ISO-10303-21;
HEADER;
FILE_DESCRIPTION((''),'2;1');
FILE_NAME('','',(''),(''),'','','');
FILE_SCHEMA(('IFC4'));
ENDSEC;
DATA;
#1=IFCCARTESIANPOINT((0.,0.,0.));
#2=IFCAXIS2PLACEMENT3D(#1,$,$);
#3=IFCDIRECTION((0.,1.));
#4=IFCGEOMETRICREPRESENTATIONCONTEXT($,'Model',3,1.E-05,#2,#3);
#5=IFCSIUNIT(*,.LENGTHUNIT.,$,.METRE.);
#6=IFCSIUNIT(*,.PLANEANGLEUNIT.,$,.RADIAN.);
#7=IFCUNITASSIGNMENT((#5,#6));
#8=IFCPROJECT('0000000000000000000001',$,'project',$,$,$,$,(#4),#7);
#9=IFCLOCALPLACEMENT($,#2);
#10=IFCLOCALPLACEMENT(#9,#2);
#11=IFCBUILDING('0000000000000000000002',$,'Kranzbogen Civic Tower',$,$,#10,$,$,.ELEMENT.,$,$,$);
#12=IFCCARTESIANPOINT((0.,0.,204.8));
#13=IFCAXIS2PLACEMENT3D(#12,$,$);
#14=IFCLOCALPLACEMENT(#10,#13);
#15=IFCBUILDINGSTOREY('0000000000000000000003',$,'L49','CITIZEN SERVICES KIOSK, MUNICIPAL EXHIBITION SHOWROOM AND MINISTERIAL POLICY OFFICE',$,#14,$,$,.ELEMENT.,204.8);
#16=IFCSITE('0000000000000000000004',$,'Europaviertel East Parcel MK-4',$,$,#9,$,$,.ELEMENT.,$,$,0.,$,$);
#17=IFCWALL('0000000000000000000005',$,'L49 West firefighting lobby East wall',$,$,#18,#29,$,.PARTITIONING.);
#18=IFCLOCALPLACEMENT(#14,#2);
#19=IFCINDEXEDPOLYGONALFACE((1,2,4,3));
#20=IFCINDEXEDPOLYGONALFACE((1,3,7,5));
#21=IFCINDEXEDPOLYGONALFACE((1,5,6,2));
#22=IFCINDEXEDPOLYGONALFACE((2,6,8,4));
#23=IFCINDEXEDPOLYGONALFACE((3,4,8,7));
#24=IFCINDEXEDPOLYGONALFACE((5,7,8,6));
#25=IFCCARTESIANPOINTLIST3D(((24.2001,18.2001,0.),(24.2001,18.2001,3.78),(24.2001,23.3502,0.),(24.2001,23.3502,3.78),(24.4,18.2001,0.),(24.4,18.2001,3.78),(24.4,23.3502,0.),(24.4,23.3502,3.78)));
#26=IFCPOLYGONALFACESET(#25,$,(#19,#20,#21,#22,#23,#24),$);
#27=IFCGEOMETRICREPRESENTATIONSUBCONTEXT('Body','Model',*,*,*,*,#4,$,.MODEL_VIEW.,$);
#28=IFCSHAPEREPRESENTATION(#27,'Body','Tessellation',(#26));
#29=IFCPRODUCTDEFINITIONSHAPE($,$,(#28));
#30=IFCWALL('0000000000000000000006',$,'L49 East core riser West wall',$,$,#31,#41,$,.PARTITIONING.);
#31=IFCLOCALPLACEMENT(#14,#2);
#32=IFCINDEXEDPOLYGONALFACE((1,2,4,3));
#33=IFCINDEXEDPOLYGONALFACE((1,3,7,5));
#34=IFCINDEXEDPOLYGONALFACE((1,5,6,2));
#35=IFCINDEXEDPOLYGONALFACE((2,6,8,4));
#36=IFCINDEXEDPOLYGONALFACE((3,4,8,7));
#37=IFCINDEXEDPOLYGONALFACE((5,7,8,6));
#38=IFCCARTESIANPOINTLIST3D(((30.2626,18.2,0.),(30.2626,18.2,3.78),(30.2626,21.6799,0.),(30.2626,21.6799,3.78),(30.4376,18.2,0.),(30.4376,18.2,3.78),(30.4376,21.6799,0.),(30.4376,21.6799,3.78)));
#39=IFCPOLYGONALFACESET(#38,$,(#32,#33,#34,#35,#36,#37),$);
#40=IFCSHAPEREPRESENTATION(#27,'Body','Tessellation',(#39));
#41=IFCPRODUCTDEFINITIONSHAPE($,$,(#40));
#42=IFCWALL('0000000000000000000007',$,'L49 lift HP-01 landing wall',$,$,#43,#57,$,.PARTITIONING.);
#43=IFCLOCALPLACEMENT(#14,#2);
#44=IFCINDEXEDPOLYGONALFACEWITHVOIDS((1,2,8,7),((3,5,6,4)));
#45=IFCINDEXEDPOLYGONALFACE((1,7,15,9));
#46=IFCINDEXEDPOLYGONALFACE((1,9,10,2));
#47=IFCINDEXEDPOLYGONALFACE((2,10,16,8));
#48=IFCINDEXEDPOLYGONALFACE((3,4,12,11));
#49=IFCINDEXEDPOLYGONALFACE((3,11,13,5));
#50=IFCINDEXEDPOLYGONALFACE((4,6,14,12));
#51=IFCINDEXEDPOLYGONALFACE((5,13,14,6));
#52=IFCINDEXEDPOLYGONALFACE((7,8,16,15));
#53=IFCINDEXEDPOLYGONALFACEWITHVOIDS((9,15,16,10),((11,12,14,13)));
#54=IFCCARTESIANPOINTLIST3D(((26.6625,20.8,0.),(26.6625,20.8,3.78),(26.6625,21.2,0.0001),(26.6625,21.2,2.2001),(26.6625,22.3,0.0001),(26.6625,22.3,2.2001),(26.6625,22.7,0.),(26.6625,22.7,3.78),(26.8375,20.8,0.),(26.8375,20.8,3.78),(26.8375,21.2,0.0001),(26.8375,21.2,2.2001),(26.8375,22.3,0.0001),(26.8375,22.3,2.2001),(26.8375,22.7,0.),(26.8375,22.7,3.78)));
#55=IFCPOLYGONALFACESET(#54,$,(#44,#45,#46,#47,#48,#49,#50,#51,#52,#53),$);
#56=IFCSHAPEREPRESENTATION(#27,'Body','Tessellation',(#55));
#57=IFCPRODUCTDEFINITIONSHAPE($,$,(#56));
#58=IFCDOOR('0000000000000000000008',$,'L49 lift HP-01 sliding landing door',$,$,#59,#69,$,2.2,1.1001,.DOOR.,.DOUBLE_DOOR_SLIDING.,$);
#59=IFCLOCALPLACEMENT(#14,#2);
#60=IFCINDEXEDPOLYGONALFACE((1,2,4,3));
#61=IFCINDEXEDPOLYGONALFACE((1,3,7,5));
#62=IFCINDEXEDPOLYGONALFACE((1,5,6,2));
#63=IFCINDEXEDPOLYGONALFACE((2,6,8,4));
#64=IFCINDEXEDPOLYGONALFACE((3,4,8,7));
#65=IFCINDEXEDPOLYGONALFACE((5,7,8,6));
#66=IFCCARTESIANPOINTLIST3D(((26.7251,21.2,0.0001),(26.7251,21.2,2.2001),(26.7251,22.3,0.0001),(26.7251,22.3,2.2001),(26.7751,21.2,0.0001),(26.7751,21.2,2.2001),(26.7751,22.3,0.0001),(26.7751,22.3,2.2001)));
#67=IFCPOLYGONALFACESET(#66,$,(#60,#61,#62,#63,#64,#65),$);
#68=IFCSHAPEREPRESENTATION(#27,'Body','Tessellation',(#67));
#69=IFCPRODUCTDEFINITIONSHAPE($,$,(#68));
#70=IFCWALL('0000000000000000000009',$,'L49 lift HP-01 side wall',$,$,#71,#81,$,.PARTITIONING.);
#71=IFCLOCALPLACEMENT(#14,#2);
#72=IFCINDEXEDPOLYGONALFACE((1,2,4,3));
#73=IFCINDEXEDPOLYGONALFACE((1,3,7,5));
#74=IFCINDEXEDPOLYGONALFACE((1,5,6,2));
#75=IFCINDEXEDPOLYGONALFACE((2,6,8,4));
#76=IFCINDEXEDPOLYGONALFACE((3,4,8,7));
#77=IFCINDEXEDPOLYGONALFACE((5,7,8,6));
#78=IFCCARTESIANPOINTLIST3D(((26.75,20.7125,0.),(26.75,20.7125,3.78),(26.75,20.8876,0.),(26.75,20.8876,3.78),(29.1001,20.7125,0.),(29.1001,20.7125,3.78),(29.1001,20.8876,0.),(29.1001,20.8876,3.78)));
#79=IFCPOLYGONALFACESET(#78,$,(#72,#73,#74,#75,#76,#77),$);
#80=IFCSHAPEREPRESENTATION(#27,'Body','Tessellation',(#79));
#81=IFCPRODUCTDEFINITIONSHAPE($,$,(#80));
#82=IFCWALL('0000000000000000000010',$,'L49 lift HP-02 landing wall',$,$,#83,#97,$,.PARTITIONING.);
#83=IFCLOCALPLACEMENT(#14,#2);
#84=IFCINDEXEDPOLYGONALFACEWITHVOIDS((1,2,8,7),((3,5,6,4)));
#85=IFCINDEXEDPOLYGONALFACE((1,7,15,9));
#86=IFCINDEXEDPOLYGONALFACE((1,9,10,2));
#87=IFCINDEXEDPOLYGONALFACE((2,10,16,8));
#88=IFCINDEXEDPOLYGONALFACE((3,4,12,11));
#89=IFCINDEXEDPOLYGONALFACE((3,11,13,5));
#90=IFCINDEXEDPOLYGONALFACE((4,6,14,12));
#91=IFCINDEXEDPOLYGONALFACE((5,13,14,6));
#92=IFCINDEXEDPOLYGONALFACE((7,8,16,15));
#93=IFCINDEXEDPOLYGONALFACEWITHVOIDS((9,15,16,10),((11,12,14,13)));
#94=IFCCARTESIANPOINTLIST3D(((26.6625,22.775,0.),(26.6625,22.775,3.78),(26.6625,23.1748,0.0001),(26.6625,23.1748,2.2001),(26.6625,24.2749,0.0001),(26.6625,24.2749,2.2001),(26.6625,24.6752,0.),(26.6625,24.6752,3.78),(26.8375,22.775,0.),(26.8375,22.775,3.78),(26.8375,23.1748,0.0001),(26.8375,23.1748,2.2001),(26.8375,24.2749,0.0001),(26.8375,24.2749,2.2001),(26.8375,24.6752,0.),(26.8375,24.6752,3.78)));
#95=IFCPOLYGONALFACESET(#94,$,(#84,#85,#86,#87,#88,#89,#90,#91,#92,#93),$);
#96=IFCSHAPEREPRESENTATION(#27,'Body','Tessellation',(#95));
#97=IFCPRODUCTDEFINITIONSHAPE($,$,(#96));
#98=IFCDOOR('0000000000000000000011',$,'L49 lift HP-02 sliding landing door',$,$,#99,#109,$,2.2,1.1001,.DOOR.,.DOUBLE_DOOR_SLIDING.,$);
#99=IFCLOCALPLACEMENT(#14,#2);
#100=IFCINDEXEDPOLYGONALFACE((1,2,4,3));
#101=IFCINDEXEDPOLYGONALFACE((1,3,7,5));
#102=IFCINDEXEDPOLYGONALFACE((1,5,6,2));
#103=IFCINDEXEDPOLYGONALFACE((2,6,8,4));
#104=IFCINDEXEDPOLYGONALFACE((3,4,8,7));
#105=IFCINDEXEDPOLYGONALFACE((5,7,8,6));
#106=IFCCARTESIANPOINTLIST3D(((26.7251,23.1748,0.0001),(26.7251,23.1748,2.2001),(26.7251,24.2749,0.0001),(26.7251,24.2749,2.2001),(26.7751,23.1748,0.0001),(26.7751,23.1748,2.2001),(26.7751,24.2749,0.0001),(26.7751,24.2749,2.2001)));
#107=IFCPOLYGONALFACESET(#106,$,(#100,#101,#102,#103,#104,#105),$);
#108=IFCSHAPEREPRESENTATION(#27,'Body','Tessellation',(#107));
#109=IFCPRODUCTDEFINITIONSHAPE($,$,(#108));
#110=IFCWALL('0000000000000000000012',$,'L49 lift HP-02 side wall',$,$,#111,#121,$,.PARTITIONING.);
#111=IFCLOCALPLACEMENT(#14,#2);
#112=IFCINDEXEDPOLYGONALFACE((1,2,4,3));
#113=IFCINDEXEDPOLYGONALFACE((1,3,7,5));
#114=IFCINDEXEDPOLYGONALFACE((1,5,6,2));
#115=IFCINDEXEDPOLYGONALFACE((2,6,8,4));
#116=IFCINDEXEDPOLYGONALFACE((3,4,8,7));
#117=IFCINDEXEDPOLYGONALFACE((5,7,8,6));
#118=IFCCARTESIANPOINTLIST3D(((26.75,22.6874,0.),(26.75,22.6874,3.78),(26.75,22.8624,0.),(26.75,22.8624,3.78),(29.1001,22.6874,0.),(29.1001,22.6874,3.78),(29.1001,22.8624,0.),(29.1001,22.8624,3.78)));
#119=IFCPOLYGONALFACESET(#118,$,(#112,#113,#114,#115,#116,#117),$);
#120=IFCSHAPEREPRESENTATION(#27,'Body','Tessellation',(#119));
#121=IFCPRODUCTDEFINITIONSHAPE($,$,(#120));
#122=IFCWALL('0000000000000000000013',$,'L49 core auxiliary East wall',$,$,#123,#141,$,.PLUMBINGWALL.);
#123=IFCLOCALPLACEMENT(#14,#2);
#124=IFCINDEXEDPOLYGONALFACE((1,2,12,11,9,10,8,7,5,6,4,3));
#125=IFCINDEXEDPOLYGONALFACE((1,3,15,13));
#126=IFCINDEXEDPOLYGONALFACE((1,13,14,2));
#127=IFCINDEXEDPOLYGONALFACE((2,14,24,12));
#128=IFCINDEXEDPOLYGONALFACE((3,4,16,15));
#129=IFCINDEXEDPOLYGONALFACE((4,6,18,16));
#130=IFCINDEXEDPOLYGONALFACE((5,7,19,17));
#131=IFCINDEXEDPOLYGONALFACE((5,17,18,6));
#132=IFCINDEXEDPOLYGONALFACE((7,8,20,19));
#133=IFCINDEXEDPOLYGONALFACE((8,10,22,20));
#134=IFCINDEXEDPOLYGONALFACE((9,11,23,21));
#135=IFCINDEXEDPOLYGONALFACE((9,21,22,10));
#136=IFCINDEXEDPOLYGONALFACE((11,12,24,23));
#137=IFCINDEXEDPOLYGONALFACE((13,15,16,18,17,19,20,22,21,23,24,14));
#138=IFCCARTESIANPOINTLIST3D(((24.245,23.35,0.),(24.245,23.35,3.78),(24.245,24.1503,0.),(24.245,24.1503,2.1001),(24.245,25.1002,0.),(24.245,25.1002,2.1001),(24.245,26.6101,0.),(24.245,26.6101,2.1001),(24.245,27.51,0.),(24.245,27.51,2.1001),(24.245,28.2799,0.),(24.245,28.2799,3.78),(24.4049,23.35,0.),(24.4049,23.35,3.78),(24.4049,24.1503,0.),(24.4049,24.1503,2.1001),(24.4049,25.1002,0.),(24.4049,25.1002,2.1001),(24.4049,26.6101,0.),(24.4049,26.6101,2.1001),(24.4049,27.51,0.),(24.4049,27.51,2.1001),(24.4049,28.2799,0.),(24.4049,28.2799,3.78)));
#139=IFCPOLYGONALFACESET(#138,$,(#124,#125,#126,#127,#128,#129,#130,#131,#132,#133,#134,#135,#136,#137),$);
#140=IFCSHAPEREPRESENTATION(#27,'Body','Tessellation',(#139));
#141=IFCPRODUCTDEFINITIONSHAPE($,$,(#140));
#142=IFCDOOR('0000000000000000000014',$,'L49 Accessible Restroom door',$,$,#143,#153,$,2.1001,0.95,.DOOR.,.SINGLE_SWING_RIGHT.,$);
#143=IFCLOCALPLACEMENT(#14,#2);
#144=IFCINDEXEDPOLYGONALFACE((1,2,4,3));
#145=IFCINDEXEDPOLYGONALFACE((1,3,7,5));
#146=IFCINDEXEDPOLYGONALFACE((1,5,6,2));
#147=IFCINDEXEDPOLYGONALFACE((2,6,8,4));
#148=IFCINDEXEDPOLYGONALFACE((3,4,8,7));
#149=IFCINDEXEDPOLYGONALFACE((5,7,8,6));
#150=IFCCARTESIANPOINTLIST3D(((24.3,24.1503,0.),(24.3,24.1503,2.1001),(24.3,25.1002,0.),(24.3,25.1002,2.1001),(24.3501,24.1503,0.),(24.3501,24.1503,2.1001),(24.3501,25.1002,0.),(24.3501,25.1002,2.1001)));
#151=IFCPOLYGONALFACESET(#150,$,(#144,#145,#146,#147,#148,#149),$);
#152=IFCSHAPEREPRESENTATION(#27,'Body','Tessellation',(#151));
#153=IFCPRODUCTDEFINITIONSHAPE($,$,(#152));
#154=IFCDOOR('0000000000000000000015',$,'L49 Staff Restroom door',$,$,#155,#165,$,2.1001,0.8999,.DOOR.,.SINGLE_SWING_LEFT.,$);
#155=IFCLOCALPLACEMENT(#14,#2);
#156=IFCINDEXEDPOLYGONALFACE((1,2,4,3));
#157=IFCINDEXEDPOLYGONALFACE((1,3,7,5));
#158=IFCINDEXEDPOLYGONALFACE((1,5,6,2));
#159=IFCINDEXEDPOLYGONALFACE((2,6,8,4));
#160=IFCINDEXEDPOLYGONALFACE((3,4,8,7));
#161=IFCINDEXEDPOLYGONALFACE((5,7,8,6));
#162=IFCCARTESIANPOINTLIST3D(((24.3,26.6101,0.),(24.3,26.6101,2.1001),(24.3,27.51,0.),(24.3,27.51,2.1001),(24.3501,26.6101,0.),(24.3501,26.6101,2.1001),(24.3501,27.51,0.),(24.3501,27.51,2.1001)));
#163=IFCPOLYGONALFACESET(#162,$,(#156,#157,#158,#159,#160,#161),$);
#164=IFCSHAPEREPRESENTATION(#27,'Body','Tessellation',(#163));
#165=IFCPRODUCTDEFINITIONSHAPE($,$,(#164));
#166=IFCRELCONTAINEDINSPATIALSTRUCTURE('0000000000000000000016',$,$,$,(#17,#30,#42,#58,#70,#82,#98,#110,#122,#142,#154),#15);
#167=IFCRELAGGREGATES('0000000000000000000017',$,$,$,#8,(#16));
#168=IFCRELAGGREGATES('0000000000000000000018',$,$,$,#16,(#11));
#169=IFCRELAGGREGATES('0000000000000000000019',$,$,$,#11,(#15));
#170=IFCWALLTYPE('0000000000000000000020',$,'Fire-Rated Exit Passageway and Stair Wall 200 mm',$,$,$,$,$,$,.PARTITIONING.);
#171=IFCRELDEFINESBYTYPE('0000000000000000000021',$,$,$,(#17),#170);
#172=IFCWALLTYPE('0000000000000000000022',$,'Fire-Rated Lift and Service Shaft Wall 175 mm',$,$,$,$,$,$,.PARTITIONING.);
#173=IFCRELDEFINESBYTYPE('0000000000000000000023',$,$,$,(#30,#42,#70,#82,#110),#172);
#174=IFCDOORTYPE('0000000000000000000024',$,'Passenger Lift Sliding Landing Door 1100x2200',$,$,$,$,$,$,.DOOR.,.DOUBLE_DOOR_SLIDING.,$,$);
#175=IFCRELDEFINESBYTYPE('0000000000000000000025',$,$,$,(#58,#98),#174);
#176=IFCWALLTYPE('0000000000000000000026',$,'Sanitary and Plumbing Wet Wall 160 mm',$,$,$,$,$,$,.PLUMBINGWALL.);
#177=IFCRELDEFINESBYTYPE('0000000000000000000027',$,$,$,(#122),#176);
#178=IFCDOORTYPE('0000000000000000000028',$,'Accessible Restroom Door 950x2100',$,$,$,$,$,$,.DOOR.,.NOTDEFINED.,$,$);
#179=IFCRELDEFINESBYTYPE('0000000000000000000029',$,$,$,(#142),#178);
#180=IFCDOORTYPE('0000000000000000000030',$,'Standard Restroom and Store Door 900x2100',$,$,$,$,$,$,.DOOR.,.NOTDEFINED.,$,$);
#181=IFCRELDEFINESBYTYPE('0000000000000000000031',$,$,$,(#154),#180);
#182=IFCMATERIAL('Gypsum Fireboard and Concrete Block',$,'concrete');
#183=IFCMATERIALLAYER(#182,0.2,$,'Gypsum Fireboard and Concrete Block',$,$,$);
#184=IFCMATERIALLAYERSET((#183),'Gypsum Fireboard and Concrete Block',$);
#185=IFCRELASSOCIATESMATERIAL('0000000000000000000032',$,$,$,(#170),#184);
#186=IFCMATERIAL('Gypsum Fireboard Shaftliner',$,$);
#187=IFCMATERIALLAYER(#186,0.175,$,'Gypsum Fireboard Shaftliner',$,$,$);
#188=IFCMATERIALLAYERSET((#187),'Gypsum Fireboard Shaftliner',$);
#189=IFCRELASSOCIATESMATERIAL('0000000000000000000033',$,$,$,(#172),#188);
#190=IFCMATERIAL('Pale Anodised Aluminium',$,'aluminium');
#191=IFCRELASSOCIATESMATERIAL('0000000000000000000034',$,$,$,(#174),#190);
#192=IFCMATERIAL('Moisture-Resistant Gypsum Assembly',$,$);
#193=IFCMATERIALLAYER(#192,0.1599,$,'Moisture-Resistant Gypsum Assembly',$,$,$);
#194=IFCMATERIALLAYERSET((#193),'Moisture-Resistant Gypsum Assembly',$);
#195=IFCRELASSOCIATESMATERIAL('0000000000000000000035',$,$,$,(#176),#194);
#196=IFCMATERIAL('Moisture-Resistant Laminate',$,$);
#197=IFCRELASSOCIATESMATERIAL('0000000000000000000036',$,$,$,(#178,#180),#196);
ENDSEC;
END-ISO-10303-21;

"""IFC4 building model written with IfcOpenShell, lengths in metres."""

from ifc_helpers import new_model, si_unit, direction, frame, frame_2d, origin, place, context, subcontext, project, spatial, rectangle, extrude, material, layer, layer_set, type_object, element, fill, save


model = new_model("IFC4")

# Units and contexts
model_context = context("Model", 3, precision=1e-05, world=origin(), true_north=direction((0.0, 1.0)))
body_context = subcontext(model_context, "Body", "Model", "MODEL_VIEW")
ifc_project = project(units=[si_unit("LENGTHUNIT", "METRE"), si_unit("PLANEANGLEUNIT", "RADIAN")], contexts=[model_context])

# Site, building, storey
site_placement = place(None, origin())
site = spatial("IfcSite", under=ifc_project, at=site_placement, Name="Europaviertel East Parcel MK-4", CompositionType="ELEMENT", RefElevation=0.0)
building_placement = place(site_placement, origin())
building = spatial("IfcBuilding", under=site, at=building_placement, Name="Kranzbogen Civic Tower", CompositionType="ELEMENT")
storey_placement = place(building_placement, frame((0.0, 0.0, 204.8)))
storey = spatial("IfcBuildingStorey", under=building, at=storey_placement, Name="L49", Description="CITIZEN SERVICES KIOSK, MUNICIPAL EXHIBITION SHOWROOM AND MINISTERIAL POLICY OFFICE", CompositionType="ELEMENT", Elevation=204.8)

# Walls
ifc_material_1 = material(Name="Gypsum Fireboard and Concrete Block", Category="concrete")
ifc_layer_1 = layer(ifc_material_1, 0.2, Name="Gypsum Fireboard and Concrete Block")
ifc_layer_set_1 = layer_set([ifc_layer_1], Name="Gypsum Fireboard and Concrete Block")
wall_type_1 = type_object("IfcWallType", Name="Fire-Rated Exit Passageway and Stair Wall 200 mm", PredefinedType="PARTITIONING", material=ifc_layer_set_1)
wall_1_placement = place(storey_placement, frame((24.3, 18.2, 0.0), z_axis=(0.0, 0.0, 1.0), x_axis=(0.0, 1.0, 0.0)))
element("IfcWall", 1, at=wall_1_placement, inside=storey, type_object=wall_type_1, Name="L49 West firefighting lobby East wall", PredefinedType="PARTITIONING", context=body_context, shape_type="SweptSolid", body=[
    extrude(rectangle(XDim=5.1501, YDim=0.2, at=frame_2d((2.5752, 0.0))), origin(), (0.0, 0.0, 1.0), 3.78),
])
ifc_material_2 = material(Name="Gypsum Fireboard Shaftliner")
ifc_layer_2 = layer(ifc_material_2, 0.175, Name="Gypsum Fireboard Shaftliner")
ifc_layer_set_2 = layer_set([ifc_layer_2], Name="Gypsum Fireboard Shaftliner")
wall_type_2 = type_object("IfcWallType", Name="Fire-Rated Lift and Service Shaft Wall 175 mm", PredefinedType="PARTITIONING", material=ifc_layer_set_2)
wall_2_placement = place(storey_placement, frame((30.3501, 18.2, 0.0), z_axis=(0.0, 0.0, 1.0), x_axis=(0.0, 1.0, 0.0)))
element("IfcWall", 2, at=wall_2_placement, inside=storey, type_object=wall_type_2, Name="L49 East core riser West wall", PredefinedType="PARTITIONING", context=body_context, shape_type="SweptSolid", body=[
    extrude(rectangle(XDim=3.48, YDim=0.175, at=frame_2d((1.74, 0.0))), origin(), (0.0, 0.0, 1.0), 3.78),
])

# Wall, opening, door
wall_3_placement = place(storey_placement, frame((26.75, 20.8, 0.0), z_axis=(0.0, 0.0, 1.0), x_axis=(0.0, 1.0, 0.0)))
wall_3 = element("IfcWall", 3, at=wall_3_placement, inside=storey, type_object=wall_type_2, Name="L49 lift HP-01 landing wall", PredefinedType="PARTITIONING", context=body_context, shape_type="SweptSolid", body=[
    extrude(rectangle(XDim=1.8999, YDim=0.175, at=frame_2d((0.95, 0.0))), origin(), (0.0, 0.0, 1.0), 3.78),
])
opening_1_placement = place(wall_3_placement, frame((0.3999, 0.0, 0.0)))
opening_1 = element("IfcOpeningElement", 4, at=opening_1_placement, cuts=wall_3, PredefinedType="OPENING", context=body_context, shape_type="SweptSolid", body=[
    extrude(rectangle(XDim=1.1001, YDim=2.2, at=frame_2d((0.55, 1.1001))), frame((0.0, 0.0977, 0.0), z_axis=(0.0, -1.0, 0.0), x_axis=(1.0, 0.0, 0.0)), (0.0, 0.0, 1.0), 0.1951),
])
ifc_material_3 = material(Name="Pale Anodised Aluminium", Category="aluminium")
door_type_1 = type_object("IfcDoorType", Name="Passenger Lift Sliding Landing Door 1100x2200", OperationType="DOUBLE_DOOR_SLIDING", PredefinedType="DOOR", material=ifc_material_3)
door_1_placement = place(opening_1_placement, origin())
door_1 = element("IfcDoor", 5, at=door_1_placement, inside=storey, type_object=door_type_1, Name="L49 lift HP-01 sliding landing door", OperationType="DOUBLE_DOOR_SLIDING", OverallHeight=2.2, OverallWidth=1.1001, PredefinedType="DOOR", context=body_context, shape_type="SweptSolid", body=[
    extrude(rectangle(XDim=1.1001, YDim=2.2, at=frame_2d((0.55, 1.1001))), frame((0.0, 0.0249, 0.0), z_axis=(0.0, -1.0, 0.0), x_axis=(1.0, 0.0, 0.0)), (0.0, 0.0, 1.0), 0.05),
])
fill(opening_1, door_1)

# Wall
wall_4_placement = place(storey_placement, frame((26.75, 20.8, 0.0), z_axis=(0.0, 0.0, 1.0), x_axis=(1.0, 0.0, 0.0)))
element("IfcWall", 6, at=wall_4_placement, inside=storey, type_object=wall_type_2, Name="L49 lift HP-01 side wall", PredefinedType="PARTITIONING", context=body_context, shape_type="SweptSolid", body=[
    extrude(rectangle(XDim=2.3501, YDim=0.175, at=frame_2d((1.175, 0.0))), origin(), (0.0, 0.0, 1.0), 3.78),
])

# Wall, opening, door
wall_5_placement = place(storey_placement, frame((26.75, 22.7749, 0.0), z_axis=(0.0, 0.0, 1.0), x_axis=(0.0, 1.0, 0.0)))
wall_5 = element("IfcWall", 7, at=wall_5_placement, inside=storey, type_object=wall_type_2, Name="L49 lift HP-02 landing wall", PredefinedType="PARTITIONING", context=body_context, shape_type="SweptSolid", body=[
    extrude(rectangle(XDim=1.9001, YDim=0.175, at=frame_2d((0.9502, 0.0))), origin(), (0.0, 0.0, 1.0), 3.78),
])
opening_2_placement = place(wall_5_placement, frame((0.3999, 0.0, 0.0)))
opening_2 = element("IfcOpeningElement", 8, at=opening_2_placement, cuts=wall_5, PredefinedType="OPENING", context=body_context, shape_type="SweptSolid", body=[
    extrude(rectangle(XDim=1.1001, YDim=2.2, at=frame_2d((0.55, 1.1001))), frame((0.0, 0.0977, 0.0), z_axis=(0.0, -1.0, 0.0), x_axis=(1.0, 0.0, 0.0)), (0.0, 0.0, 1.0), 0.1951),
])
door_2_placement = place(opening_2_placement, origin())
door_2 = element("IfcDoor", 9, at=door_2_placement, inside=storey, type_object=door_type_1, Name="L49 lift HP-02 sliding landing door", OperationType="DOUBLE_DOOR_SLIDING", OverallHeight=2.2, OverallWidth=1.1001, PredefinedType="DOOR", context=body_context, shape_type="SweptSolid", body=[
    extrude(rectangle(XDim=1.1001, YDim=2.2, at=frame_2d((0.55, 1.1001))), frame((0.0, 0.0249, 0.0), z_axis=(0.0, -1.0, 0.0), x_axis=(1.0, 0.0, 0.0)), (0.0, 0.0, 1.0), 0.05),
])
fill(opening_2, door_2)

# Wall
wall_6_placement = place(storey_placement, frame((26.75, 22.7749, 0.0), z_axis=(0.0, 0.0, 1.0), x_axis=(1.0, 0.0, 0.0)))
element("IfcWall", 10, at=wall_6_placement, inside=storey, type_object=wall_type_2, Name="L49 lift HP-02 side wall", PredefinedType="PARTITIONING", context=body_context, shape_type="SweptSolid", body=[
    extrude(rectangle(XDim=2.3501, YDim=0.175, at=frame_2d((1.175, 0.0))), origin(), (0.0, 0.0, 1.0), 3.78),
])

# Wall, openings, doors
ifc_material_4 = material(Name="Moisture-Resistant Gypsum Assembly")
ifc_layer_3 = layer(ifc_material_4, 0.1599, Name="Moisture-Resistant Gypsum Assembly")
ifc_layer_set_3 = layer_set([ifc_layer_3], Name="Moisture-Resistant Gypsum Assembly")
wall_type_3 = type_object("IfcWallType", Name="Sanitary and Plumbing Wet Wall 160 mm", PredefinedType="PLUMBINGWALL", material=ifc_layer_set_3)
wall_7_placement = place(storey_placement, frame((24.325, 23.3501, 0.0), z_axis=(0.0, 0.0, 1.0), x_axis=(0.0, 1.0, 0.0)))
wall_7 = element("IfcWall", 11, at=wall_7_placement, inside=storey, type_object=wall_type_3, Name="L49 core auxiliary East wall", PredefinedType="PLUMBINGWALL", context=body_context, shape_type="SweptSolid", body=[
    extrude(rectangle(XDim=4.9299, YDim=0.1599, at=frame_2d((2.4648, 0.0))), origin(), (0.0, 0.0, 1.0), 3.78),
])
opening_3_placement = place(wall_7_placement, frame((0.8, 0.0, 0.0)))
opening_3 = element("IfcOpeningElement", 12, at=opening_3_placement, cuts=wall_7, PredefinedType="OPENING", context=body_context, shape_type="SweptSolid", body=[
    extrude(rectangle(XDim=0.95, YDim=2.1001, at=frame_2d((0.4751, 1.05))), frame((0.0, 0.0898, 0.0), z_axis=(0.0, -1.0, 0.0), x_axis=(1.0, 0.0, 0.0)), (0.0, 0.0, 1.0), 0.1799),
])
opening_4_placement = place(wall_7_placement, frame((3.26, 0.0, 0.0)))
opening_4 = element("IfcOpeningElement", 13, at=opening_4_placement, cuts=wall_7, PredefinedType="OPENING", context=body_context, shape_type="SweptSolid", body=[
    extrude(rectangle(XDim=0.8999, YDim=2.1001, at=frame_2d((0.45, 1.05))), frame((0.0, 0.0898, 0.0), z_axis=(0.0, -1.0, 0.0), x_axis=(1.0, 0.0, 0.0)), (0.0, 0.0, 1.0), 0.1799),
])
ifc_material_5 = material(Name="Moisture-Resistant Laminate")
door_type_2 = type_object("IfcDoorType", Name="Accessible Restroom Door 950x2100", OperationType="NOTDEFINED", PredefinedType="DOOR", material=ifc_material_5)
door_3_placement = place(opening_3_placement, origin())
door_3 = element("IfcDoor", 14, at=door_3_placement, inside=storey, type_object=door_type_2, Name="L49 Accessible Restroom door", OperationType="SINGLE_SWING_RIGHT", OverallHeight=2.1001, OverallWidth=0.95, PredefinedType="DOOR", context=body_context, shape_type="SweptSolid", body=[
    extrude(rectangle(XDim=0.95, YDim=2.1001, at=frame_2d((0.4751, 1.05))), frame((0.0, 0.0249, 0.0), z_axis=(0.0, -1.0, 0.0), x_axis=(1.0, 0.0, 0.0)), (0.0, 0.0, 1.0), 0.05),
])
fill(opening_3, door_3)
door_type_3 = type_object("IfcDoorType", Name="Standard Restroom and Store Door 900x2100", OperationType="NOTDEFINED", PredefinedType="DOOR", material=ifc_material_5)
door_4_placement = place(opening_4_placement, origin())
door_4 = element("IfcDoor", 15, at=door_4_placement, inside=storey, type_object=door_type_3, Name="L49 Staff Restroom door", OperationType="SINGLE_SWING_LEFT", OverallHeight=2.1001, OverallWidth=0.8999, PredefinedType="DOOR", context=body_context, shape_type="SweptSolid", body=[
    extrude(rectangle(XDim=0.8999, YDim=2.1001, at=frame_2d((0.45, 1.05))), frame((0.0, 0.0249, 0.0), z_axis=(0.0, -1.0, 0.0), x_axis=(1.0, 0.0, 0.0)), (0.0, 0.0, 1.0), 0.05),
])
fill(opening_4, door_4)

save(model, "model.ifc")
